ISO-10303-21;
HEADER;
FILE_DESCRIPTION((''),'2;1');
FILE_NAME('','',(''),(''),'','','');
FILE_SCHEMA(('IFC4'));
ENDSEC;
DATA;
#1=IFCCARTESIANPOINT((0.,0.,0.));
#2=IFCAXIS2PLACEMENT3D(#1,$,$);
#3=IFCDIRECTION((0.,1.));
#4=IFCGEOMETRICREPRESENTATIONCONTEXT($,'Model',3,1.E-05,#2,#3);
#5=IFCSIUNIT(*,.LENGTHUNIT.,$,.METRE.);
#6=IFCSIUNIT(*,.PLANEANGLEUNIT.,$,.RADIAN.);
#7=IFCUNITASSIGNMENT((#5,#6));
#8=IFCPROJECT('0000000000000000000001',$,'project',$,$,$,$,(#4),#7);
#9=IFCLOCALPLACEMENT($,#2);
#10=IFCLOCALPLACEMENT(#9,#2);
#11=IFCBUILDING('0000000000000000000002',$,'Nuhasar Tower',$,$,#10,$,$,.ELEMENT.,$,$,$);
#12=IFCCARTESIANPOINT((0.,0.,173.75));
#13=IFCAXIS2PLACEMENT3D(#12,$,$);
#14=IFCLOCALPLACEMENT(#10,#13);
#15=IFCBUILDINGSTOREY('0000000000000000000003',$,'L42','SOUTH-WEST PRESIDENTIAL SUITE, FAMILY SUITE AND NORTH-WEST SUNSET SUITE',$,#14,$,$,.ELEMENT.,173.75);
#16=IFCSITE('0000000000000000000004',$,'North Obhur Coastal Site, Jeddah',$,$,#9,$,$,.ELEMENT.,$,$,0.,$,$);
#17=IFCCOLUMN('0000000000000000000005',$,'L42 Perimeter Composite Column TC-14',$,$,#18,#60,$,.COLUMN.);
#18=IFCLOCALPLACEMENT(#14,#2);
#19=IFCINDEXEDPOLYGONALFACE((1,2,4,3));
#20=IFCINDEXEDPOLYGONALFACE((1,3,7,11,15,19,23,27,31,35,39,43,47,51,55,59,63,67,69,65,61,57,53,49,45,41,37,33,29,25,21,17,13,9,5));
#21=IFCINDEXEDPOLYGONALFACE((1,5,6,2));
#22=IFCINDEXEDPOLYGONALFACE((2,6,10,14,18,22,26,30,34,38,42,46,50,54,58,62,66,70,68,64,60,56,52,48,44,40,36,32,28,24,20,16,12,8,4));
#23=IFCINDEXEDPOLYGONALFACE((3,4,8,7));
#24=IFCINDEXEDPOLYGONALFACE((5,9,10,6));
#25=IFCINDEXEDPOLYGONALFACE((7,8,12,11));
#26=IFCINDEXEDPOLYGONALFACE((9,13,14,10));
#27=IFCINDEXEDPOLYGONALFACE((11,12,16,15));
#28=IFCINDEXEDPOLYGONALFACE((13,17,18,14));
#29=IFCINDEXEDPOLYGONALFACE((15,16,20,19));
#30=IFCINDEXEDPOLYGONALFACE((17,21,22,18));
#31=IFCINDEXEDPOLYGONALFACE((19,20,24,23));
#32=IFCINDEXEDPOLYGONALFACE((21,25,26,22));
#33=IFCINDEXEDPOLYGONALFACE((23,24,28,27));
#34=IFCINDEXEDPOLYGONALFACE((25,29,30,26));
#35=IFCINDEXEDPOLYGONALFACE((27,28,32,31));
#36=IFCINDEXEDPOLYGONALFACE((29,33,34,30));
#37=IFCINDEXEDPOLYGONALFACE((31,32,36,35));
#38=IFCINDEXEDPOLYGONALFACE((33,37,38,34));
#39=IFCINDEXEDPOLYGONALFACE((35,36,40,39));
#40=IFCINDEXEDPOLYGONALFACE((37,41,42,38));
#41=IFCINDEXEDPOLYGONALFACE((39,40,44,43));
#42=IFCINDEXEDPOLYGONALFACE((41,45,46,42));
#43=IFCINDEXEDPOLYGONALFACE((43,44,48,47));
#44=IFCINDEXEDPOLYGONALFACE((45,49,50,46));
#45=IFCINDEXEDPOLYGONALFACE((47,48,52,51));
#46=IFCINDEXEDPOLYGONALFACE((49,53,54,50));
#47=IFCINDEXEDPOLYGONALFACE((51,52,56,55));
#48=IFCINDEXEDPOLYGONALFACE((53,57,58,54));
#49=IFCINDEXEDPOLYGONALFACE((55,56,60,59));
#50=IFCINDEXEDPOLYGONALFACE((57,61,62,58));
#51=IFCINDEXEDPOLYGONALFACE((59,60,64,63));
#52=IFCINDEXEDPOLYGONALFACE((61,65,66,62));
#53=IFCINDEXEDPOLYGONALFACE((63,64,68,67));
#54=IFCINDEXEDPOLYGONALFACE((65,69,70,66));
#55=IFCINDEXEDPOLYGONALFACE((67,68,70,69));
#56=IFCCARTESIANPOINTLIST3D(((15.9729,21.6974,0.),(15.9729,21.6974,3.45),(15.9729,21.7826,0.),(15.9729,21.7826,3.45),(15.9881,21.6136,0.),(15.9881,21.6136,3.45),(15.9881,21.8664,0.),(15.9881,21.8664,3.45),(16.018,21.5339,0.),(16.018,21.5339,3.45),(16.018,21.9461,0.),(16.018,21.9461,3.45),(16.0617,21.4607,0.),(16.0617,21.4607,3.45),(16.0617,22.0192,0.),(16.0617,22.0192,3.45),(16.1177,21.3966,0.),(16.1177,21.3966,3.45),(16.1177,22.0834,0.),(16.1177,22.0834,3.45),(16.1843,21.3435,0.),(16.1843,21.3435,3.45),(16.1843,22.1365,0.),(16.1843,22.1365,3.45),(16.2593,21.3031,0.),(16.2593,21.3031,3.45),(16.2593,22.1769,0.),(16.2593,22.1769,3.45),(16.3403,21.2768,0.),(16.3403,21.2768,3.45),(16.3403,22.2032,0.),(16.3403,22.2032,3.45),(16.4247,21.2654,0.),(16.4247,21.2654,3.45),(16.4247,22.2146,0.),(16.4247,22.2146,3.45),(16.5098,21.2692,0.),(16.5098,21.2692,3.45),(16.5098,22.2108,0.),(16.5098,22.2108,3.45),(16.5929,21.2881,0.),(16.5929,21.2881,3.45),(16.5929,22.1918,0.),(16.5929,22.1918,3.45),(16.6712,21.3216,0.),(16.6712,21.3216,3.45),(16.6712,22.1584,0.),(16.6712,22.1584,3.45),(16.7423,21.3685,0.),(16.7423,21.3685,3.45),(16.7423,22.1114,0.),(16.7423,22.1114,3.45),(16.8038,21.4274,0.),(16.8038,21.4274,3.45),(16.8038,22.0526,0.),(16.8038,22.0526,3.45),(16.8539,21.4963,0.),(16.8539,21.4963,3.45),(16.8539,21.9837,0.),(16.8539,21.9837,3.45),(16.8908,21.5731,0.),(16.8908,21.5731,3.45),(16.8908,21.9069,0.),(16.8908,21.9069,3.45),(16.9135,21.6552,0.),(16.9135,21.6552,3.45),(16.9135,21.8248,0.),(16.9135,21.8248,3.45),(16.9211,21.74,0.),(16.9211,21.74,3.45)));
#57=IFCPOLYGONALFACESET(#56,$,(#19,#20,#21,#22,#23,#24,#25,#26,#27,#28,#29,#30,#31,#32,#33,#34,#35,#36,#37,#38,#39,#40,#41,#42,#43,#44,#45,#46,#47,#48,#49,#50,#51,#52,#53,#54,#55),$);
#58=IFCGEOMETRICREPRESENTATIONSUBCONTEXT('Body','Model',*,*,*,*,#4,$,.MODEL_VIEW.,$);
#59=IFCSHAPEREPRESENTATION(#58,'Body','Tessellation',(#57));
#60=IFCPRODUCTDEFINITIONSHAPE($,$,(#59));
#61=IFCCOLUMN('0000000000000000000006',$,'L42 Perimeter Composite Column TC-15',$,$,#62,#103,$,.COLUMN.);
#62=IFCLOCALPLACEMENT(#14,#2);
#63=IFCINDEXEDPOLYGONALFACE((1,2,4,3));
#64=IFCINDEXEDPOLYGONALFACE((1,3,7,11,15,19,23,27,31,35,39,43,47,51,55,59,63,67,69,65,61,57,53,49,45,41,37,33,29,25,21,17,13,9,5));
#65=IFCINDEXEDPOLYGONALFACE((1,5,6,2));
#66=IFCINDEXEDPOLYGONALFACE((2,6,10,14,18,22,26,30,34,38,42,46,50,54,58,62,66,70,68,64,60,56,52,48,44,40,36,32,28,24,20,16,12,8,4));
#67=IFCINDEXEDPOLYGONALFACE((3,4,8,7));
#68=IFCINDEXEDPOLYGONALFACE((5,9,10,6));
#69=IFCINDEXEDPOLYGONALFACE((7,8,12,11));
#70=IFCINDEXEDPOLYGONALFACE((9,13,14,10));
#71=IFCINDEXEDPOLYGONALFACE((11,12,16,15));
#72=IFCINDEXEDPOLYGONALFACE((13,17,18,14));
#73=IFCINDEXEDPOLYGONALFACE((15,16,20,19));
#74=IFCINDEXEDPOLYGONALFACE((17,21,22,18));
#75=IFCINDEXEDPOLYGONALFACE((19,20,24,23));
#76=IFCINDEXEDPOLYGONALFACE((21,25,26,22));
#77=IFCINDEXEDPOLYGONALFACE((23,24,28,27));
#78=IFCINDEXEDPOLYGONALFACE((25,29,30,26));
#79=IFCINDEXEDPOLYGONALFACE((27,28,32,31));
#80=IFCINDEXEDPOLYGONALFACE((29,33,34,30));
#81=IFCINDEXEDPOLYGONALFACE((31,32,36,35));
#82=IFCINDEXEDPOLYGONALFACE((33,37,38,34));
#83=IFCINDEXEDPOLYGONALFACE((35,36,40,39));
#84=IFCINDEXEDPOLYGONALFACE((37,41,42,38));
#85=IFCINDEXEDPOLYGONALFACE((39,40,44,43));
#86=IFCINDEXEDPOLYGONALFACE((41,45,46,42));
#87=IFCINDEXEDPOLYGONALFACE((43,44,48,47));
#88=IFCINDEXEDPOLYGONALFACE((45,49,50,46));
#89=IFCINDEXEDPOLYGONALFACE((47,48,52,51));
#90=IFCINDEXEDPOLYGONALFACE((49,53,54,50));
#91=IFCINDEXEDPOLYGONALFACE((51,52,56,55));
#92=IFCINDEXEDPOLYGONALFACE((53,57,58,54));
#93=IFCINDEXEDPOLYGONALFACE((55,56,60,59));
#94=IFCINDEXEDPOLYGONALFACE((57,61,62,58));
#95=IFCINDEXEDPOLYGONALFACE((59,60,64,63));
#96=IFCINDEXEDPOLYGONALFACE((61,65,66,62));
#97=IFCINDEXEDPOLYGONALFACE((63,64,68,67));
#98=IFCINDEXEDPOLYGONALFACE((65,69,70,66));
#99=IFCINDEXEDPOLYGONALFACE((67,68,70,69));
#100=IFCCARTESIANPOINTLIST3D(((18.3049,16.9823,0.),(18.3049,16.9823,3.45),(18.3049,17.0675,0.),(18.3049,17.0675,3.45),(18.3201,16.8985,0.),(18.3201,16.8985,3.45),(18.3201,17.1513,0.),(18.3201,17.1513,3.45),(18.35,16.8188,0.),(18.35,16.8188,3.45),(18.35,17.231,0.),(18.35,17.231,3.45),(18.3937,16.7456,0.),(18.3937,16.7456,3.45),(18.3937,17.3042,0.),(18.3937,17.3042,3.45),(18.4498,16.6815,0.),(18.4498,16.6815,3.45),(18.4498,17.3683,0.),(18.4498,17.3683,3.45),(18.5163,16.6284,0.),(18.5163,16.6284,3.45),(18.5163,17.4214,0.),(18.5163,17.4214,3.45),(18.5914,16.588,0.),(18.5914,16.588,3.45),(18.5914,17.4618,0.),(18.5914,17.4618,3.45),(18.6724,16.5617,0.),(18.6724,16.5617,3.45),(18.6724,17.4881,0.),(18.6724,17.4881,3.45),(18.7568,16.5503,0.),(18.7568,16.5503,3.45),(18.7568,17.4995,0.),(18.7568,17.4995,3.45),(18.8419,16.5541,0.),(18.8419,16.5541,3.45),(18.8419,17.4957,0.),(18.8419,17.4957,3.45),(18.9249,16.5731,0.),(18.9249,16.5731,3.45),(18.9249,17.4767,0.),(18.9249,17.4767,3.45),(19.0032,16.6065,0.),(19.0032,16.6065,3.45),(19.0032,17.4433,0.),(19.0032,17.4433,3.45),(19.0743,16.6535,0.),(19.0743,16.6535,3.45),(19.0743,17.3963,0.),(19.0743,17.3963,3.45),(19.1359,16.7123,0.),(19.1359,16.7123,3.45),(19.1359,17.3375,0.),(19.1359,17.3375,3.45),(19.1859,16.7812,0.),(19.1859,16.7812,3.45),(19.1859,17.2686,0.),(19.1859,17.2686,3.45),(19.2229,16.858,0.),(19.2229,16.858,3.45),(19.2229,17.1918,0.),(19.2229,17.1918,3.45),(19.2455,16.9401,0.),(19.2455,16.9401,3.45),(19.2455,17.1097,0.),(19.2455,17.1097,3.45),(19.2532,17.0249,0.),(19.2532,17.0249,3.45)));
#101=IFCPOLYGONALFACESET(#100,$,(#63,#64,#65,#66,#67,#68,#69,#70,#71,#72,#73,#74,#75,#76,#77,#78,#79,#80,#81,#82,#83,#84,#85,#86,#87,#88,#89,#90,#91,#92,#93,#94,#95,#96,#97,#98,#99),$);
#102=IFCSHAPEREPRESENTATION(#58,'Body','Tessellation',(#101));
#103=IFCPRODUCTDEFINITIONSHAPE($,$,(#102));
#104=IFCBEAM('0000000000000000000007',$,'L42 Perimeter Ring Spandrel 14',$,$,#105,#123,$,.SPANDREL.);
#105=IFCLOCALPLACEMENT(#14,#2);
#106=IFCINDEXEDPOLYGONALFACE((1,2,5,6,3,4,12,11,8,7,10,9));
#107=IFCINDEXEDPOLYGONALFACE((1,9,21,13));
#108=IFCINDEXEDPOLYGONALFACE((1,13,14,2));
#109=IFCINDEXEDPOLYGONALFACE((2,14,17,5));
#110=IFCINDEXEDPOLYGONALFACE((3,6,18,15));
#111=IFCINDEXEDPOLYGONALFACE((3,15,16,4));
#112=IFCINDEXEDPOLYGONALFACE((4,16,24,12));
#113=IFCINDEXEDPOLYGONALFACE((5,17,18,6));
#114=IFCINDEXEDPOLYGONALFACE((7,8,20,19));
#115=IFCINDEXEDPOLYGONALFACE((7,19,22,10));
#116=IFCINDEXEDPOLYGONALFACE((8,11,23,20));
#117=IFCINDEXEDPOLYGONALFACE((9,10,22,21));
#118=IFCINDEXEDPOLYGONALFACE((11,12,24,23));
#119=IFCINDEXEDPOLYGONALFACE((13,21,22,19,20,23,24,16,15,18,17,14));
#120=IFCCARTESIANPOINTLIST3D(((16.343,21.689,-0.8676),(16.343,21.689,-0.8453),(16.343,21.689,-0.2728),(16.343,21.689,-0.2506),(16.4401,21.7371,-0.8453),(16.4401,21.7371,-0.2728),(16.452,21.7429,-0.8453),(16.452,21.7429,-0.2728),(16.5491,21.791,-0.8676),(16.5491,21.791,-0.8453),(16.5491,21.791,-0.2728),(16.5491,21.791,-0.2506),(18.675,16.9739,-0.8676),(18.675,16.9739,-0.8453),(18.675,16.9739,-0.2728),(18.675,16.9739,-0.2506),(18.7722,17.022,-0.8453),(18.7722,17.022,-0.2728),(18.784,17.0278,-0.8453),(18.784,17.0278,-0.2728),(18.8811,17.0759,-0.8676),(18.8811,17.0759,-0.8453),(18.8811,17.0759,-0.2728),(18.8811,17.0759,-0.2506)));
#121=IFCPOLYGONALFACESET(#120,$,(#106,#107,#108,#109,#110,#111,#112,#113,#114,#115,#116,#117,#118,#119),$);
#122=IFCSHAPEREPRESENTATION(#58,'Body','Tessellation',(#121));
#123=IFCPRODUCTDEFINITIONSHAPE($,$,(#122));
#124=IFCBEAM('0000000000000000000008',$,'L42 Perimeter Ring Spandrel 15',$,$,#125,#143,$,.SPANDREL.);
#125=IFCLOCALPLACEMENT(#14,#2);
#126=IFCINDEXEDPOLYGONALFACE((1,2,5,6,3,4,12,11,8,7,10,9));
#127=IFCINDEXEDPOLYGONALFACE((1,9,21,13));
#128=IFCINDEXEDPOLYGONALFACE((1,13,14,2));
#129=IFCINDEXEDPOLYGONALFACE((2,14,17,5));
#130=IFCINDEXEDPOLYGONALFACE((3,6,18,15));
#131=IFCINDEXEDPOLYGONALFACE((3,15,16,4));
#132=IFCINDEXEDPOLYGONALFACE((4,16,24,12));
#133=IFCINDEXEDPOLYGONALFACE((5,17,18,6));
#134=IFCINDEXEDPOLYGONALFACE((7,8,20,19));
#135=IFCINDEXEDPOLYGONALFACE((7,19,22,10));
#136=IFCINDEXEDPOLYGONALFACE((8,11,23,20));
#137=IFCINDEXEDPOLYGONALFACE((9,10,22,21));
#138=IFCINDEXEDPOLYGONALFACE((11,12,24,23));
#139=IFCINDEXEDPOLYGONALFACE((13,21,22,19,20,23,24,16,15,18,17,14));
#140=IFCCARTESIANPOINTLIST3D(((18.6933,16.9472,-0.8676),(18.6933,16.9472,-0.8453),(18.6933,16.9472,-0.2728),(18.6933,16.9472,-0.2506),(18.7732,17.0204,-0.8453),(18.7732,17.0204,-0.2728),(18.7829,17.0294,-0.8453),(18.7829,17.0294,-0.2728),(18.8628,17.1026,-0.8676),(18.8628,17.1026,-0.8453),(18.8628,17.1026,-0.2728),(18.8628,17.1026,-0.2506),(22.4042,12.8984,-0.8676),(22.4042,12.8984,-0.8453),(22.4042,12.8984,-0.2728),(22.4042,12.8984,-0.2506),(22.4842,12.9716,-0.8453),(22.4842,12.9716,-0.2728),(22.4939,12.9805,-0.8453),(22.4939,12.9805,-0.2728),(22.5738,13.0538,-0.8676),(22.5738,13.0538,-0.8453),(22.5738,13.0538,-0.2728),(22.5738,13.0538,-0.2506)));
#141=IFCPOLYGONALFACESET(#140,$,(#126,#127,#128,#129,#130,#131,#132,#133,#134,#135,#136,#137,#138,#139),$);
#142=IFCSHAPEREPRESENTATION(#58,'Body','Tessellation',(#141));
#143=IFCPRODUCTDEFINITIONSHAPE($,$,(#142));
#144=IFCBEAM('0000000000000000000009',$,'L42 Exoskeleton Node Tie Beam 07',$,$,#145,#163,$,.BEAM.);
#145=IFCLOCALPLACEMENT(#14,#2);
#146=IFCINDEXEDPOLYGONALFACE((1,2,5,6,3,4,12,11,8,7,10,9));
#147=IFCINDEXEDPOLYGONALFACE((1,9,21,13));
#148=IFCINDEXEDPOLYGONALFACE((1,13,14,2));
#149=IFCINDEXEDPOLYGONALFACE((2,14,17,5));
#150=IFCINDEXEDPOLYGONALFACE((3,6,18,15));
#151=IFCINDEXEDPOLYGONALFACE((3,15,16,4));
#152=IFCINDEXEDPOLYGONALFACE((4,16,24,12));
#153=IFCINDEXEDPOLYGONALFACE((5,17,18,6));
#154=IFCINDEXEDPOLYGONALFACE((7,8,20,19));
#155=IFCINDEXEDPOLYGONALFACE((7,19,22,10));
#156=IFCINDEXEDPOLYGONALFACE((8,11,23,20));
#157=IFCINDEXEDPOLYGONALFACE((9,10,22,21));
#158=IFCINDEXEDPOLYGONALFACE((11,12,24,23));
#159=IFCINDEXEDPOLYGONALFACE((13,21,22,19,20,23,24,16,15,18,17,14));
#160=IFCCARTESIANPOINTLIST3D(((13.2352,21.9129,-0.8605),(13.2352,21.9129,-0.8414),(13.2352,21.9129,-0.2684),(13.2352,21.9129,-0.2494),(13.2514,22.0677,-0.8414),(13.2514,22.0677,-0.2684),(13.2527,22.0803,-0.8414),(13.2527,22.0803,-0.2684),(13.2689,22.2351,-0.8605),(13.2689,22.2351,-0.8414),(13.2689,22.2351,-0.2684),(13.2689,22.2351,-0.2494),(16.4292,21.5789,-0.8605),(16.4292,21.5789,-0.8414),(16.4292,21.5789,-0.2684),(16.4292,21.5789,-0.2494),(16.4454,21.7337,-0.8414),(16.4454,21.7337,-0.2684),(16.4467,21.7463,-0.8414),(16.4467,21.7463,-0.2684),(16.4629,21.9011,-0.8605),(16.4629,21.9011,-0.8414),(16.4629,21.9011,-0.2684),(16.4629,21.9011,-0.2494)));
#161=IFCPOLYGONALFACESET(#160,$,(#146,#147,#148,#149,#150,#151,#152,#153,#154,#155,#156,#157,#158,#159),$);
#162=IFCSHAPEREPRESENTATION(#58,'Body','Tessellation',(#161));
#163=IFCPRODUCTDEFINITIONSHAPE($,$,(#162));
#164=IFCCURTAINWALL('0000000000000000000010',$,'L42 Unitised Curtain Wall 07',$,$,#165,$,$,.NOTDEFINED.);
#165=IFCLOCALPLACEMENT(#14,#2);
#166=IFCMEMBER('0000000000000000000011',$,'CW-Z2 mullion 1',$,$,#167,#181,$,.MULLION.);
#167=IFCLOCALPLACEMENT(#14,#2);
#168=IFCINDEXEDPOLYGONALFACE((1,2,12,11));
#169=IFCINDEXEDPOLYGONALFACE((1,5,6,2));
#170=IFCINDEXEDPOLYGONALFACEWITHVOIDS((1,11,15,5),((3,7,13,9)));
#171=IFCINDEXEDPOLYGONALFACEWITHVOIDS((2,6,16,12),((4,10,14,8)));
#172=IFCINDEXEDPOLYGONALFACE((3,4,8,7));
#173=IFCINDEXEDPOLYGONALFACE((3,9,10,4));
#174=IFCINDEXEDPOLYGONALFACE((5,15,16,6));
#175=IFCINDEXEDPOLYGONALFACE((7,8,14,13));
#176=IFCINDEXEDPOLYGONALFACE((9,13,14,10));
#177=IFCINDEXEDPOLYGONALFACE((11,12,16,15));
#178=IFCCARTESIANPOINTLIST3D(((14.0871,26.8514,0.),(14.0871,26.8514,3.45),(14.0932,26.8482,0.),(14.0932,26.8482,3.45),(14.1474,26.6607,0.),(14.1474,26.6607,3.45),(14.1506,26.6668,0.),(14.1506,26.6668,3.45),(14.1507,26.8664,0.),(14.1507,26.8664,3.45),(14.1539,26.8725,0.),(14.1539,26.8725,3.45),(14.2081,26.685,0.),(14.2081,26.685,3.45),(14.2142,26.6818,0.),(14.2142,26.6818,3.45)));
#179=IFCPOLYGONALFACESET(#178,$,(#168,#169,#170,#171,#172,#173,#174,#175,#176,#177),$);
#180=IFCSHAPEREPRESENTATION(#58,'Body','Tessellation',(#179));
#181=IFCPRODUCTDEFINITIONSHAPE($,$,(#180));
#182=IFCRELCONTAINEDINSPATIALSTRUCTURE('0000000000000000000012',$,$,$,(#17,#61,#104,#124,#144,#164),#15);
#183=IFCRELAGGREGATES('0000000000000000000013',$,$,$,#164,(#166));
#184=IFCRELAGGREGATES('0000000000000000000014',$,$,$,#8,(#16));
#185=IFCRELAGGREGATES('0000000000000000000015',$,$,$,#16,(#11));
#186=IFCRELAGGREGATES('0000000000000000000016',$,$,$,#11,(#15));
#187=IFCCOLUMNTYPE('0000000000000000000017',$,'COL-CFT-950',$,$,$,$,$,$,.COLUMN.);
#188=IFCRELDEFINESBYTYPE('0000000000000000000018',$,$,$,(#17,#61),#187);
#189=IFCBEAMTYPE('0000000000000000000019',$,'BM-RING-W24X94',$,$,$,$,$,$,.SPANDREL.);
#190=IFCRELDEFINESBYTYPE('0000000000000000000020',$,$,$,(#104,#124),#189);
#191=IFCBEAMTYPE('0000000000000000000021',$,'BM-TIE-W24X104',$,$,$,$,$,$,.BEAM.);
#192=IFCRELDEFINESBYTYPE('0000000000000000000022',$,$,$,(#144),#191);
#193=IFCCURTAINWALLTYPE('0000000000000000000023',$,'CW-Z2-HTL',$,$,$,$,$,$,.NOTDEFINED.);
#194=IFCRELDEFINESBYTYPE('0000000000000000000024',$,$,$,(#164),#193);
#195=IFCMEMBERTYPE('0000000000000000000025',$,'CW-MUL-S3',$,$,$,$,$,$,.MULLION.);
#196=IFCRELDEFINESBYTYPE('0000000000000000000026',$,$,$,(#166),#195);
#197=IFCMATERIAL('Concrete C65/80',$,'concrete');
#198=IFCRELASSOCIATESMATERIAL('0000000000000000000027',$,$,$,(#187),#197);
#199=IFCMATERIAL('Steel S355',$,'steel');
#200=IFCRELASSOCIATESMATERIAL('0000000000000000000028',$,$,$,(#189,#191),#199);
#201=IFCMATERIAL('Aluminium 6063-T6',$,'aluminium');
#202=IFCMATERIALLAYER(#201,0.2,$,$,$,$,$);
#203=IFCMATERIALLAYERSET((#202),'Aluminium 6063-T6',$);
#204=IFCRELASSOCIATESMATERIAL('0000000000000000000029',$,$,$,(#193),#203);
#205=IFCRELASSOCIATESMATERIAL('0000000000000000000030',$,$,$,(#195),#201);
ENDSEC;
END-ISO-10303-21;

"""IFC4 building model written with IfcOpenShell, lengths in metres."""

from ifc_helpers import new_model, si_unit, direction, frame, origin, origin_2d, place, context, subcontext, project, spatial, hollow_rectangle, circle, i_section, extrude, material, layer, layer_set, material_profile, profile_set, type_object, element, aggregate, save


model = new_model("IFC4")

# Units and contexts
model_context = context("Model", 3, precision=1e-05, world=origin(), true_north=direction((0.0, 1.0)))
body_context = subcontext(model_context, "Body", "Model", "MODEL_VIEW")
ifc_project = project(units=[si_unit("LENGTHUNIT", "METRE"), si_unit("PLANEANGLEUNIT", "RADIAN")], contexts=[model_context])

# Site, building, storey
site_placement = place(None, origin())
site = spatial("IfcSite", under=ifc_project, at=site_placement, Name="North Obhur Coastal Site, Jeddah", CompositionType="ELEMENT", RefElevation=0.0)
building_placement = place(site_placement, origin())
building = spatial("IfcBuilding", under=site, at=building_placement, Name="Nuhasar Tower", CompositionType="ELEMENT")
storey_placement = place(building_placement, frame((0.0, 0.0, 173.75)))
storey = spatial("IfcBuildingStorey", under=building, at=storey_placement, Name="L42", Description="SOUTH-WEST PRESIDENTIAL SUITE, FAMILY SUITE AND NORTH-WEST SUNSET SUITE", CompositionType="ELEMENT", Elevation=173.75)

# Columns
ifc_material_1 = material(Name="Concrete C65/80", Category="concrete")
ifc_material_profile_1 = material_profile(ifc_material_1, circle(Radius=0.4751, at=origin_2d()), Name="CFT950")
ifc_profile_set_1 = profile_set([ifc_material_profile_1], Name="Concrete C65/80")
column_type = type_object("IfcColumnType", Name="COL-CFT-950", PredefinedType="COLUMN", material=ifc_profile_set_1)
for number, where, z_axis, x_axis, name in (
    (1, (16.446, 21.74, 0.0), (0.0, 0.0, 1.0), (1.0, 0.0, 0.0), "L42 Perimeter Composite Column TC-14"),
    (2, (18.7781, 17.0249, 0.0), (0.0, 0.0, 1.0), (1.0, 0.0, 0.0), "L42 Perimeter Composite Column TC-15"),
):
    element("IfcColumn", number, at=place(storey_placement, frame(where, z_axis=z_axis, x_axis=x_axis)), inside=storey, type_object=column_type, Name=name, PredefinedType="COLUMN", context=body_context, shape_type="SweptSolid", body=[
        extrude(circle(Radius=0.4751, at=origin_2d()), origin(), (0.0, 0.0, 1.0), 3.45),
    ])

# Beams
ifc_material_2 = material(Name="Steel S355", Category="steel")
ifc_material_profile_2 = material_profile(ifc_material_2, i_section(OverallWidth=0.23, OverallDepth=0.6169, WebThickness=0.0132, FlangeThickness=0.0222, at=origin_2d()), Name="W24X94")
ifc_profile_set_2 = profile_set([ifc_material_profile_2], Name="Steel S355")
beam_type_1 = type_object("IfcBeamType", Name="BM-RING-W24X94", PredefinedType="SPANDREL", material=ifc_profile_set_2)
beam_1_placement = place(storey_placement, frame((16.446, 21.74, -0.5591), z_axis=(0.443329, -0.896359, 0.0), x_axis=(0.896359, 0.443329, 0.0)))
element("IfcBeam", 3, at=beam_1_placement, inside=storey, type_object=beam_type_1, Name="L42 Perimeter Ring Spandrel 14", PredefinedType="SPANDREL", context=body_context, shape_type="SweptSolid", body=[
    extrude(i_section(OverallWidth=0.23, OverallDepth=0.6169, WebThickness=0.0132, FlangeThickness=0.0222, at=origin_2d()), origin(), (0.0, 0.0, 1.0), 5.2603),
])
beam_2_placement = place(storey_placement, frame((18.7781, 17.0249, -0.5591), z_axis=(0.675676, -0.737198, 0.0), x_axis=(0.737198, 0.675676, 0.0)))
element("IfcBeam", 4, at=beam_2_placement, inside=storey, type_object=beam_type_1, Name="L42 Perimeter Ring Spandrel 15", PredefinedType="SPANDREL", context=body_context, shape_type="SweptSolid", body=[
    extrude(i_section(OverallWidth=0.23, OverallDepth=0.6169, WebThickness=0.0132, FlangeThickness=0.0222, at=origin_2d()), origin(), (0.0, 0.0, 1.0), 5.4922),
])
ifc_material_profile_3 = material_profile(ifc_material_2, i_section(OverallWidth=0.324, OverallDepth=0.6111, WebThickness=0.0127, FlangeThickness=0.019, at=origin_2d()), Name="W24X104")
ifc_profile_set_3 = profile_set([ifc_material_profile_3], Name="Steel S355")
beam_type_2 = type_object("IfcBeamType", Name="BM-TIE-W24X104", PredefinedType="BEAM", material=ifc_profile_set_3)
beam_3_placement = place(storey_placement, frame((16.446, 21.74, -0.5549), z_axis=(-0.994578, 0.103996, 0.0), x_axis=(-0.103996, -0.994578, 0.0)))
element("IfcBeam", 5, at=beam_3_placement, inside=storey, type_object=beam_type_2, Name="L42 Exoskeleton Node Tie Beam 07", PredefinedType="BEAM", context=body_context, shape_type="SweptSolid", body=[
    extrude(i_section(OverallWidth=0.324, OverallDepth=0.6111, WebThickness=0.0127, FlangeThickness=0.019, at=origin_2d()), origin(), (0.0, 0.0, 1.0), 3.2114),
])

# Curtain wall, member
ifc_material_3 = material(Name="Aluminium 6063-T6", Category="aluminium")
ifc_layer_1 = layer(ifc_material_3, 0.2)
ifc_layer_set_1 = layer_set([ifc_layer_1], Name="Aluminium 6063-T6")
curtain_wall_type = type_object("IfcCurtainWallType", Name="CW-Z2-HTL", PredefinedType="NOTDEFINED", material=ifc_layer_set_1)
curtain_wall_1_placement = place(storey_placement, origin())
curtain_wall_1 = element("IfcCurtainWall", 6, at=curtain_wall_1_placement, inside=storey, type_object=curtain_wall_type, Name="L42 Unitised Curtain Wall 07", PredefinedType="NOTDEFINED")
ifc_material_profile_4 = material_profile(ifc_material_3, hollow_rectangle(XDim=0.0701, YDim=0.2, WallThickness=0.0049, at=origin_2d()), Name="CWM-3")
ifc_profile_set_4 = profile_set([ifc_material_profile_4], Name="Aluminium 6063-T6")
member_type_1 = type_object("IfcMemberType", Name="CW-MUL-S3", PredefinedType="MULLION", material=ifc_profile_set_4)
member_1_placement = place(storey_placement, frame((14.1506, 26.7666, 0.0), z_axis=(0.0, 0.0, 1.0), x_axis=(0.953433, 0.301604, 0.0)))
member_1 = element("IfcMember", 7, at=member_1_placement, type_object=member_type_1, Name="CW-Z2 mullion 1", PredefinedType="MULLION", context=body_context, shape_type="SweptSolid", body=[
    extrude(hollow_rectangle(XDim=0.0701, YDim=0.2, WallThickness=0.0049, at=origin_2d()), origin(), (0.0, 0.0, 1.0), 3.45),
])

aggregate(curtain_wall_1, [member_1])

save(model, "model.ifc")
